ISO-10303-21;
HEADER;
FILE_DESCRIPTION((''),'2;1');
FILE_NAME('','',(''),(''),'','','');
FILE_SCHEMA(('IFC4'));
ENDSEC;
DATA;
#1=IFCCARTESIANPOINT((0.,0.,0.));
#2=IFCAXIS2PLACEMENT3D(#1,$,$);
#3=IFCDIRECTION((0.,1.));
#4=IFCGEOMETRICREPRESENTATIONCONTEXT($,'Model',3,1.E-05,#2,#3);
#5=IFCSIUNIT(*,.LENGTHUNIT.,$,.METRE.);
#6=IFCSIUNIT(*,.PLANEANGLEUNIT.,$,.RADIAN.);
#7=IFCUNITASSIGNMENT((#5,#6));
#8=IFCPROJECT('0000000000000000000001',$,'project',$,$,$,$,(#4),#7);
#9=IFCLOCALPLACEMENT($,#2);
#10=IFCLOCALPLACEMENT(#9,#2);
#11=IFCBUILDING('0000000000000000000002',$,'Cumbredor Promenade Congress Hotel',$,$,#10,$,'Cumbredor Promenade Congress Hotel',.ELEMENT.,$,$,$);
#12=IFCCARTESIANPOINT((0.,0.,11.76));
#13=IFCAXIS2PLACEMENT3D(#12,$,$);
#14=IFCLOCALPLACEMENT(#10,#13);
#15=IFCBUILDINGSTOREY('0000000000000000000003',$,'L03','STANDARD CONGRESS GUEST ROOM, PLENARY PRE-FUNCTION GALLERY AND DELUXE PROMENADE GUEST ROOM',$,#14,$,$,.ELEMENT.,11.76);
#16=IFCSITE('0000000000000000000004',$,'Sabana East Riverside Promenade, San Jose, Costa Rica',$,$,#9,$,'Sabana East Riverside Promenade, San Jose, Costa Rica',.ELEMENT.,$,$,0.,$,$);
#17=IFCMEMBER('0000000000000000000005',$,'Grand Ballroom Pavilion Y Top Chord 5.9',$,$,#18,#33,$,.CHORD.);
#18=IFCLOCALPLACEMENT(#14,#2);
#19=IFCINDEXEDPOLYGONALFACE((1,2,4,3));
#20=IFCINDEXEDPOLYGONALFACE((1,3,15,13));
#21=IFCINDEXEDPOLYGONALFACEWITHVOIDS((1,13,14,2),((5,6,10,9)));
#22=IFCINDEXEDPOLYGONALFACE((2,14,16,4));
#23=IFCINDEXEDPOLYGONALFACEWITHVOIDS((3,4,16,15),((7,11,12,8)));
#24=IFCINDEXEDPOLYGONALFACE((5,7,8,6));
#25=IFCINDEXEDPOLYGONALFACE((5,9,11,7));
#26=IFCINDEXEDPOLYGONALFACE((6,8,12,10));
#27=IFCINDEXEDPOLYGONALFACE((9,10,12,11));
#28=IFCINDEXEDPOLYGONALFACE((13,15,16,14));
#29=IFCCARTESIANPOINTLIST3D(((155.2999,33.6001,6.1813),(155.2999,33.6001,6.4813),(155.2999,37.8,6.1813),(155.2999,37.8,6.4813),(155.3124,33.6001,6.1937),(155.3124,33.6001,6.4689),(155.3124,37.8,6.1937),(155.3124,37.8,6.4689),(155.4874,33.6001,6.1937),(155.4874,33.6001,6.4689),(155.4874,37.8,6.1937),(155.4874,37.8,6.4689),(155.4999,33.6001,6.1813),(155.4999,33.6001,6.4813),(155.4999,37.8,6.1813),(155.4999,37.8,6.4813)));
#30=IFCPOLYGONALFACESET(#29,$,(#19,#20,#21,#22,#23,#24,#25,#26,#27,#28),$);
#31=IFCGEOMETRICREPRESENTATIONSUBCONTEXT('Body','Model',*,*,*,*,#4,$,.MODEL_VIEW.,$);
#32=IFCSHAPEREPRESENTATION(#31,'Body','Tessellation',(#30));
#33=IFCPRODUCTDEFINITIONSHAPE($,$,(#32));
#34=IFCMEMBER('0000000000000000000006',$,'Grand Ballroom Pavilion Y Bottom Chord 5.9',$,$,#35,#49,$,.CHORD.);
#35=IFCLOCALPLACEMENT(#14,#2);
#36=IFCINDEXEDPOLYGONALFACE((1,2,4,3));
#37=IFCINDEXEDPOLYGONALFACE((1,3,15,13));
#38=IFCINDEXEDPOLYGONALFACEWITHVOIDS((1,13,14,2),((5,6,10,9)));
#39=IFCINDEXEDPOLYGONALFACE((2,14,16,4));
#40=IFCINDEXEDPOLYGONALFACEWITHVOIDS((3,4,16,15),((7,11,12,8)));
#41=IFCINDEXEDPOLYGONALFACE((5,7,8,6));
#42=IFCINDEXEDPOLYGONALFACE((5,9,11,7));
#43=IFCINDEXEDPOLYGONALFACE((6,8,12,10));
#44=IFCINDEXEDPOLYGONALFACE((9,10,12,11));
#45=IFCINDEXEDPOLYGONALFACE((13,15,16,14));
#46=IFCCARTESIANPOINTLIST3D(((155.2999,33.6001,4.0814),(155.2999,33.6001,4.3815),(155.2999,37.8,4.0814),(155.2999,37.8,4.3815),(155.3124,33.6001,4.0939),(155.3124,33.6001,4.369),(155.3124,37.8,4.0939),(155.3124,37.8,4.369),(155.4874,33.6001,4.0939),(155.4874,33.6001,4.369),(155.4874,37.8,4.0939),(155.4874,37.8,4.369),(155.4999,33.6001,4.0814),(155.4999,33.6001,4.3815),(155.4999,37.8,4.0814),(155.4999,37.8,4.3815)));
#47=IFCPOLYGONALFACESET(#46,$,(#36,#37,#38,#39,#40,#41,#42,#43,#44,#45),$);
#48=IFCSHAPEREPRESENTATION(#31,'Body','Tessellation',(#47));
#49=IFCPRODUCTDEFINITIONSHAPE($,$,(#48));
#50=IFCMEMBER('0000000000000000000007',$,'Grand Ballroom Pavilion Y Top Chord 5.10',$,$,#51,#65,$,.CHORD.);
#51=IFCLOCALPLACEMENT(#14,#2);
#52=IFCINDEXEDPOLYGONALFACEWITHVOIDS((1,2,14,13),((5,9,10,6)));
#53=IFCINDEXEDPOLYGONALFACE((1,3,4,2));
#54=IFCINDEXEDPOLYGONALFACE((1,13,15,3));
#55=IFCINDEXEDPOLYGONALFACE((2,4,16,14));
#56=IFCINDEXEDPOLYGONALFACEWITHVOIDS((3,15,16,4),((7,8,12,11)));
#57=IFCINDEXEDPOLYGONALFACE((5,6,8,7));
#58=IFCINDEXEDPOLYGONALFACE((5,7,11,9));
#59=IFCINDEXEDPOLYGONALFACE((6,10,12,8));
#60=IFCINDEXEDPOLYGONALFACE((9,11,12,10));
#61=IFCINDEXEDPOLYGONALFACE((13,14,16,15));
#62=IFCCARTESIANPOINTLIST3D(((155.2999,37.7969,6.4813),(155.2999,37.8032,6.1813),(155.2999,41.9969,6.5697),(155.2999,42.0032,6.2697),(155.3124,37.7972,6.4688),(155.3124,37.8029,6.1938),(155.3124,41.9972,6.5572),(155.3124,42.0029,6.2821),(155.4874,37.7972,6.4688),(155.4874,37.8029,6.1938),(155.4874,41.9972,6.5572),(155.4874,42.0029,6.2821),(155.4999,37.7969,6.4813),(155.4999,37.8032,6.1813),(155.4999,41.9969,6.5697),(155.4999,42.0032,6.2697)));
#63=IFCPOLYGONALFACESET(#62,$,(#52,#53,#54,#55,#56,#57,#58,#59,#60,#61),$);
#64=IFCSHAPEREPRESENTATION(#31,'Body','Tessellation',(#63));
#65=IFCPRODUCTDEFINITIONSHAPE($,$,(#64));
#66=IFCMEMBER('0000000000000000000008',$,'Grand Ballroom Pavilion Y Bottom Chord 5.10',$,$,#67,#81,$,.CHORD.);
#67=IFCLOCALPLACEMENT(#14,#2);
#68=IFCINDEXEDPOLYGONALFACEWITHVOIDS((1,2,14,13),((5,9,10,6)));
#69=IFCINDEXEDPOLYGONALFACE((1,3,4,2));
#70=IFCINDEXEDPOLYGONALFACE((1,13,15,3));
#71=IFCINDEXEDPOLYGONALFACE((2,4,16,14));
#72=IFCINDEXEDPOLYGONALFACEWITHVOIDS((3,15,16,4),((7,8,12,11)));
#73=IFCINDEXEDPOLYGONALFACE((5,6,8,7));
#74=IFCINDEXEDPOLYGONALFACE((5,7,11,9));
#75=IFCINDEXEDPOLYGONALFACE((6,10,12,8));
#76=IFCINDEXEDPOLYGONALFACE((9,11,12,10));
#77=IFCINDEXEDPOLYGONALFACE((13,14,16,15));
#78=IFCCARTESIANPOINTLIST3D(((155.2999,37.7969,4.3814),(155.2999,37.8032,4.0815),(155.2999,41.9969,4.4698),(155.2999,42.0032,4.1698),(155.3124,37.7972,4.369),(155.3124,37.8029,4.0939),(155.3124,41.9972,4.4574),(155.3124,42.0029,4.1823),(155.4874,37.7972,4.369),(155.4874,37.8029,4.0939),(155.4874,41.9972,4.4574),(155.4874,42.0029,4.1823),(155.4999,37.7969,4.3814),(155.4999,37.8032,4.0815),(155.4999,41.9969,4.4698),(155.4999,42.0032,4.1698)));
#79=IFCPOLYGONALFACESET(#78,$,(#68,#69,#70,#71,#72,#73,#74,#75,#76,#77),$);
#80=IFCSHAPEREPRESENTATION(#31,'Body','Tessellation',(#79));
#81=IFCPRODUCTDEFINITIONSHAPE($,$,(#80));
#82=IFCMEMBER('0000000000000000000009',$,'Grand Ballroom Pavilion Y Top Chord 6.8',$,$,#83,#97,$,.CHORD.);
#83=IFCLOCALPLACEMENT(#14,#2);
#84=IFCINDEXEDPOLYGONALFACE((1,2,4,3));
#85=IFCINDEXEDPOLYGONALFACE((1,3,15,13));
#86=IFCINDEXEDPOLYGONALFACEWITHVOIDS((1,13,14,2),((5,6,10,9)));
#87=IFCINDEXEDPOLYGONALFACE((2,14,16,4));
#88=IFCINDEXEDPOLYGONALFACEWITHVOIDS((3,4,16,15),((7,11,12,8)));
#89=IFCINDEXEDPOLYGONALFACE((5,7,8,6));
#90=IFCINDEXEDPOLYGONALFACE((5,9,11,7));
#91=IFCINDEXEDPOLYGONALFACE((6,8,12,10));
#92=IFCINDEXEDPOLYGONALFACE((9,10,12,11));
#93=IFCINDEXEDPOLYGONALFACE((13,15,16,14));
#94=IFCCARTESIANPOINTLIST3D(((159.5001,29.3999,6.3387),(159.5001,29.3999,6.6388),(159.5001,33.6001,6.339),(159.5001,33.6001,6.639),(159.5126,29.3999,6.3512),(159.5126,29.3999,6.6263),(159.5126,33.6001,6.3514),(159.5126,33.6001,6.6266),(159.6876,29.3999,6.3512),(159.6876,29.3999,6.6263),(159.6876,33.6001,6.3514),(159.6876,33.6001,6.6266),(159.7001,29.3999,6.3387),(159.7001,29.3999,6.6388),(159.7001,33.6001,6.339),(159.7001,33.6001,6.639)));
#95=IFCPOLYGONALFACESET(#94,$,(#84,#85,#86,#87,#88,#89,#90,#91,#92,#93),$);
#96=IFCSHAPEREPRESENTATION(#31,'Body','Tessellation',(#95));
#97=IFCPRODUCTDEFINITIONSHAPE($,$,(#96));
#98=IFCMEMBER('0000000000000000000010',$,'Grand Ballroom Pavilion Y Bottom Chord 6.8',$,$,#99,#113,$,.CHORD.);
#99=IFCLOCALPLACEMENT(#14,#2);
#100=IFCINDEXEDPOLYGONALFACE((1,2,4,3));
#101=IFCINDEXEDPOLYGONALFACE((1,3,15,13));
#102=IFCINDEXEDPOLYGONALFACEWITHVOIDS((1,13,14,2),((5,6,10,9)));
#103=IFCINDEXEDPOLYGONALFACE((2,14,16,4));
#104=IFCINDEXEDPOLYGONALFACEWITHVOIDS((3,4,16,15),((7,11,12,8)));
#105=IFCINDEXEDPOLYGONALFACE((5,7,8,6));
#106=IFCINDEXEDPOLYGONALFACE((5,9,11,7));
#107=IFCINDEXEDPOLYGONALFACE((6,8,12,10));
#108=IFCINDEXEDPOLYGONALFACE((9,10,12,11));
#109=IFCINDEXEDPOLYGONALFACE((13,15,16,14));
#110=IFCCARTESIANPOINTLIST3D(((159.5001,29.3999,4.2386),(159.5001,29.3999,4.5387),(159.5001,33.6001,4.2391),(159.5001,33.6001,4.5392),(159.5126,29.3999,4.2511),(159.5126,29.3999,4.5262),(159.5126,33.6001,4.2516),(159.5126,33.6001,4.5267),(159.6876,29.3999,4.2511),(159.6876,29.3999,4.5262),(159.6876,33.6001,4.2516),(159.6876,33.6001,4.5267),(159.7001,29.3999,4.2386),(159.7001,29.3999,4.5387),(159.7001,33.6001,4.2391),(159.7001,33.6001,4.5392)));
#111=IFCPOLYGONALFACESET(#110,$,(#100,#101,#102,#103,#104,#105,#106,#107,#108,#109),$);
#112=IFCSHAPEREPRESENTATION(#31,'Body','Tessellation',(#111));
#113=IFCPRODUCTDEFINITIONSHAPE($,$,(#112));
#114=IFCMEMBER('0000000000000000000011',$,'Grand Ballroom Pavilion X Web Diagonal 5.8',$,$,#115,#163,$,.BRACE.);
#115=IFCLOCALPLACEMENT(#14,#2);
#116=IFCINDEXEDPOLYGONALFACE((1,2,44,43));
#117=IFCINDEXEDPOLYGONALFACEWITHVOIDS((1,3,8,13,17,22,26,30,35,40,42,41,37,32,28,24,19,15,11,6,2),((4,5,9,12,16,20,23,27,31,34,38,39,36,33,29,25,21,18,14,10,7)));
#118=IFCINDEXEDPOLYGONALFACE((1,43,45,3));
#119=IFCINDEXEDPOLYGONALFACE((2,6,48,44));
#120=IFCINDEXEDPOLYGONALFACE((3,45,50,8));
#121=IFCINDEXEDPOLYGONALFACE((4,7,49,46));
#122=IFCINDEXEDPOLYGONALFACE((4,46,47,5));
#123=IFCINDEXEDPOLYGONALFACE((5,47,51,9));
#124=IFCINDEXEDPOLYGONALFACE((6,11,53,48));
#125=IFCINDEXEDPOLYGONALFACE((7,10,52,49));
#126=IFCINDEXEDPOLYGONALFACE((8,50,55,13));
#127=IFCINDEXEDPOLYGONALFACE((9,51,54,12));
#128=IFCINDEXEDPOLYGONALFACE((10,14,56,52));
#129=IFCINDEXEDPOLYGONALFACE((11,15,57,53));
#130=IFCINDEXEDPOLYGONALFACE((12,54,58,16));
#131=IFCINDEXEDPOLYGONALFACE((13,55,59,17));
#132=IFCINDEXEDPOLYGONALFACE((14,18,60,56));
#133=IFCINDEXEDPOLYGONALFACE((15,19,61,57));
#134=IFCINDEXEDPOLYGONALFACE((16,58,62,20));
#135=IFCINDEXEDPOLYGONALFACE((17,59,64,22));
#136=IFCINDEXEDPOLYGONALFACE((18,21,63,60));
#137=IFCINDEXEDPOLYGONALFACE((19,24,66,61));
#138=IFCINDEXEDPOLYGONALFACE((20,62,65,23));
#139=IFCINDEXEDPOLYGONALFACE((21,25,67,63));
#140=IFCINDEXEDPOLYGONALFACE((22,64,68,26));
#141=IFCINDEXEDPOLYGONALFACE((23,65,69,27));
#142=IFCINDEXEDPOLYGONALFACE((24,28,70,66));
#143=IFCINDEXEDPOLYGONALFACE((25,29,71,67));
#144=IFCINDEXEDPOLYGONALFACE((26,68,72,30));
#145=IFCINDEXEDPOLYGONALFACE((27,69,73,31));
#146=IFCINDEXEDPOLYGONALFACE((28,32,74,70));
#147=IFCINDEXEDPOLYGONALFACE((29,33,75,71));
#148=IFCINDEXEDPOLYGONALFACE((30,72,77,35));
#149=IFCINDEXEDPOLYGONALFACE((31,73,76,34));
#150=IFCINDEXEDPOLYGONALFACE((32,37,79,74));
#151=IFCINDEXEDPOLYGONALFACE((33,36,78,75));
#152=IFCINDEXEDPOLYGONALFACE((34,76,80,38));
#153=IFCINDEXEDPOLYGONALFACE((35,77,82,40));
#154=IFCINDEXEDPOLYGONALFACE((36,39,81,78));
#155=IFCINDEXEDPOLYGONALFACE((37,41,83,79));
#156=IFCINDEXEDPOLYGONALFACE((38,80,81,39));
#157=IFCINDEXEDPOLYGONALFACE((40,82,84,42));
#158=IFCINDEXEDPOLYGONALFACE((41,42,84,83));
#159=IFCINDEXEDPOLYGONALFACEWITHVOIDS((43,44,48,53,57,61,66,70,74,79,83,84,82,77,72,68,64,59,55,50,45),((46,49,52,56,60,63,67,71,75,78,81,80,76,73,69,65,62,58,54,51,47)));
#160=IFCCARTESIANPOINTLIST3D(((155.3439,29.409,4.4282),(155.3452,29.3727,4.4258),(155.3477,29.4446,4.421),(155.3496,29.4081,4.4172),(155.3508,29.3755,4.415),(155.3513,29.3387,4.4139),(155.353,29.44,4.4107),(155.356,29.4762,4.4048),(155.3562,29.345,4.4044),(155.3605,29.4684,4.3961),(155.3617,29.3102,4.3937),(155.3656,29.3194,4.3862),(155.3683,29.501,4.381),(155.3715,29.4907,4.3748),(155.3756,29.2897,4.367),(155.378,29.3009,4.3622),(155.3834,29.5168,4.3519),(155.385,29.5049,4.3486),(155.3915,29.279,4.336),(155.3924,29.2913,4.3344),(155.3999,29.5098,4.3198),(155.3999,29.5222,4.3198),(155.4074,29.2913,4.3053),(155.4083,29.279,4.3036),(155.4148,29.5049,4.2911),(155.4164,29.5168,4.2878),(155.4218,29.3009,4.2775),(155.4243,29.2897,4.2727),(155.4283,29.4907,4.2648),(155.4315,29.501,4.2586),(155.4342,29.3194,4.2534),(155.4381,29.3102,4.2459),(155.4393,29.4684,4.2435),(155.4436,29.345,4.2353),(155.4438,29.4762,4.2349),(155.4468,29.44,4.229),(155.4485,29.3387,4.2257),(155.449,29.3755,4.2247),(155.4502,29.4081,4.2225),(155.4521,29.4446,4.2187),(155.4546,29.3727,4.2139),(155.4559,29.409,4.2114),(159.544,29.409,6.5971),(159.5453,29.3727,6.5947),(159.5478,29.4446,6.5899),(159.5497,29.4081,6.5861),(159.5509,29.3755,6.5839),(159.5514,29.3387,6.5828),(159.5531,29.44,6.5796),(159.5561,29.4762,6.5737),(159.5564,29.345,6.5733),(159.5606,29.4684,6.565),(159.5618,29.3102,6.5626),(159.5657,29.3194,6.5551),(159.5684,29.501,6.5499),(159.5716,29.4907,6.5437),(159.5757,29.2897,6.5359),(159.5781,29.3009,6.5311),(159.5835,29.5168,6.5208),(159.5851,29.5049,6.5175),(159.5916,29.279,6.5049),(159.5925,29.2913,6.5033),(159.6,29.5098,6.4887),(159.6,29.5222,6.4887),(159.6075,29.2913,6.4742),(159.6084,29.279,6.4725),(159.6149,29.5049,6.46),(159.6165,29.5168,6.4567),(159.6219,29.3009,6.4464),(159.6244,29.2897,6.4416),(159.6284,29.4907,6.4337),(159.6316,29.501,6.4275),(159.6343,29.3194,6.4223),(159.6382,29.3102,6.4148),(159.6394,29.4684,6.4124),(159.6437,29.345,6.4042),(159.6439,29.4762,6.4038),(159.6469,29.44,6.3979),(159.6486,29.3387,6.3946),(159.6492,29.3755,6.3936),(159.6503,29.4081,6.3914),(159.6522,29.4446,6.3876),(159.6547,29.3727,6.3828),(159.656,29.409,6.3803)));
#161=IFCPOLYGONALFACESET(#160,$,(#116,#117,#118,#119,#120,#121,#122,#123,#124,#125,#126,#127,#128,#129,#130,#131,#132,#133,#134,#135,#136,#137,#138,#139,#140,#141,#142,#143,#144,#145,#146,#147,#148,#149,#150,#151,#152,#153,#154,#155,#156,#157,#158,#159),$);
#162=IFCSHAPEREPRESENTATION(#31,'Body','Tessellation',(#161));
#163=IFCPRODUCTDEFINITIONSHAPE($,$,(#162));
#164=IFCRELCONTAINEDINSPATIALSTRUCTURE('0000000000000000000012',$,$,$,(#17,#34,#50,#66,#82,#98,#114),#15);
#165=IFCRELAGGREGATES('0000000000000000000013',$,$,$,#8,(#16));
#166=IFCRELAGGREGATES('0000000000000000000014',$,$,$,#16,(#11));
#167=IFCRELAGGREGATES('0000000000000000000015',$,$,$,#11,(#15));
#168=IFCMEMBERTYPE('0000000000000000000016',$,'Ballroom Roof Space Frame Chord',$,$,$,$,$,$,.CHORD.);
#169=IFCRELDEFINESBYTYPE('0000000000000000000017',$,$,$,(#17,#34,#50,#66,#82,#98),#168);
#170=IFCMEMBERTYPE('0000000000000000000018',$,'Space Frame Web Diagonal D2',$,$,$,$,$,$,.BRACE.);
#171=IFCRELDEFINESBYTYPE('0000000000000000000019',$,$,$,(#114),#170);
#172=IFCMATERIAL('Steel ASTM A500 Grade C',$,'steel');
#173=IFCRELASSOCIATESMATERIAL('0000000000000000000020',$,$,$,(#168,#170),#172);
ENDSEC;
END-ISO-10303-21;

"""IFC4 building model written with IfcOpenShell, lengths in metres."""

from ifc_helpers import new_model, si_unit, direction, frame, origin, origin_2d, place, context, subcontext, project, spatial, hollow_rectangle, hollow_circle, extrude, material, material_profile, profile_set, type_object, element, save


model = new_model("IFC4")

# Units and contexts
model_context = context("Model", 3, precision=1e-05, world=origin(), true_north=direction((0.0, 1.0)))
body_context = subcontext(model_context, "Body", "Model", "MODEL_VIEW")
ifc_project = project(units=[si_unit("LENGTHUNIT", "METRE"), si_unit("PLANEANGLEUNIT", "RADIAN")], contexts=[model_context])

# Site, building, storey
site_placement = place(None, origin())
site = spatial("IfcSite", under=ifc_project, at=site_placement, Name="Sabana East Riverside Promenade, San Jose, Costa Rica", LongName="Sabana East Riverside Promenade, San Jose, Costa Rica", CompositionType="ELEMENT", RefElevation=0.0)
building_placement = place(site_placement, origin())
building = spatial("IfcBuilding", under=site, at=building_placement, Name="Cumbredor Promenade Congress Hotel", LongName="Cumbredor Promenade Congress Hotel", CompositionType="ELEMENT")
storey_placement = place(building_placement, frame((0.0, 0.0, 11.76)))
storey = spatial("IfcBuildingStorey", under=building, at=storey_placement, Name="L03", Description="STANDARD CONGRESS GUEST ROOM, PLENARY PRE-FUNCTION GALLERY AND DELUXE PROMENADE GUEST ROOM", CompositionType="ELEMENT", Elevation=11.76)

# Members
ifc_material_1 = material(Name="Steel ASTM A500 Grade C", Category="steel")
ifc_material_profile_1 = material_profile(ifc_material_1, hollow_rectangle(XDim=0.2, YDim=0.3, WallThickness=0.0125, at=origin_2d()), Name="HSS 300x200x12.5")
ifc_profile_set_1 = profile_set([ifc_material_profile_1], Name="Steel ASTM A500 Grade C")
member_type_1 = type_object("IfcMemberType", Name="Ballroom Roof Space Frame Chord", PredefinedType="CHORD", material=ifc_profile_set_1)
for number, where, z_axis, x_axis, name in (
    (1, (155.3999, 33.6001, 6.3313), (0.0, 1.0, 0.0), (-1.0, 0.0, 0.0), "Grand Ballroom Pavilion Y Top Chord 5.9"),
    (2, (155.3999, 33.6001, 4.2314), (0.0, 1.0, 0.0), (-1.0, 0.0, 0.0), "Grand Ballroom Pavilion Y Bottom Chord 5.9"),
):
    element("IfcMember", number, at=place(storey_placement, frame(where, z_axis=z_axis, x_axis=x_axis)), inside=storey, type_object=member_type_1, Name=name, PredefinedType="CHORD", context=body_context, shape_type="SweptSolid", body=[
        extrude(hollow_rectangle(XDim=0.2, YDim=0.3, WallThickness=0.0125, at=origin_2d()), origin(), (0.0, 0.0, 1.0), 4.2),
    ])
for number, where, z_axis, x_axis, name in (
    (3, (155.3999, 37.8, 6.3313), (0.0, 0.999779, 0.021038), (-1.0, 0.0, 0.0), "Grand Ballroom Pavilion Y Top Chord 5.10"),
    (4, (155.3999, 37.8, 4.2314), (0.0, 0.999779, 0.021038), (-1.0, 0.0, 0.0), "Grand Ballroom Pavilion Y Bottom Chord 5.10"),
):
    element("IfcMember", number, at=place(storey_placement, frame(where, z_axis=z_axis, x_axis=x_axis)), inside=storey, type_object=member_type_1, Name=name, PredefinedType="CHORD", context=body_context, shape_type="SweptSolid", body=[
        extrude(hollow_rectangle(XDim=0.2, YDim=0.3, WallThickness=0.0125, at=origin_2d()), origin(), (0.0, 0.0, 1.0), 4.2009),
    ])
for number, where, z_axis, x_axis, name in (
    (5, (159.6001, 29.3999, 6.4888), (0.0, 1.0, 0.000058), (-1.0, 0.0, 0.0), "Grand Ballroom Pavilion Y Top Chord 6.8"),
    (6, (159.6001, 29.3999, 4.3887), (0.0, 1.0, 0.000116), (-1.0, 0.0, 0.0), "Grand Ballroom Pavilion Y Bottom Chord 6.8"),
):
    element("IfcMember", number, at=place(storey_placement, frame(where, z_axis=z_axis, x_axis=x_axis)), inside=storey, type_object=member_type_1, Name=name, PredefinedType="CHORD", context=body_context, shape_type="SweptSolid", body=[
        extrude(hollow_rectangle(XDim=0.2, YDim=0.3, WallThickness=0.0125, at=origin_2d()), origin(), (0.0, 0.0, 1.0), 4.2002),
    ])
ifc_material_profile_2 = material_profile(ifc_material_1, hollow_circle(Radius=0.1223, WallThickness=0.0125, at=origin_2d()), Name="CHS 244.5x12.5")
ifc_profile_set_2 = profile_set([ifc_material_profile_2], Name="Steel ASTM A500 Grade C")
member_type_2 = type_object("IfcMemberType", Name="Space Frame Web Diagonal D2", PredefinedType="BRACE", material=ifc_profile_set_2)
member_1_placement = place(storey_placement, frame((155.3999, 29.3999, 4.3198), z_axis=(0.888526, 0.0, 0.458827), x_axis=(0.0, 1.0, 0.0)))
element("IfcMember", 7, at=member_1_placement, inside=storey, type_object=member_type_2, Name="Grand Ballroom Pavilion X Web Diagonal 5.8", PredefinedType="BRACE", context=body_context, shape_type="SweptSolid", body=[
    extrude(hollow_circle(Radius=0.1223, WallThickness=0.0125, at=origin_2d()), origin(), (0.0, 0.0, 1.0), 4.7271),
])

save(model, "model.ifc")
